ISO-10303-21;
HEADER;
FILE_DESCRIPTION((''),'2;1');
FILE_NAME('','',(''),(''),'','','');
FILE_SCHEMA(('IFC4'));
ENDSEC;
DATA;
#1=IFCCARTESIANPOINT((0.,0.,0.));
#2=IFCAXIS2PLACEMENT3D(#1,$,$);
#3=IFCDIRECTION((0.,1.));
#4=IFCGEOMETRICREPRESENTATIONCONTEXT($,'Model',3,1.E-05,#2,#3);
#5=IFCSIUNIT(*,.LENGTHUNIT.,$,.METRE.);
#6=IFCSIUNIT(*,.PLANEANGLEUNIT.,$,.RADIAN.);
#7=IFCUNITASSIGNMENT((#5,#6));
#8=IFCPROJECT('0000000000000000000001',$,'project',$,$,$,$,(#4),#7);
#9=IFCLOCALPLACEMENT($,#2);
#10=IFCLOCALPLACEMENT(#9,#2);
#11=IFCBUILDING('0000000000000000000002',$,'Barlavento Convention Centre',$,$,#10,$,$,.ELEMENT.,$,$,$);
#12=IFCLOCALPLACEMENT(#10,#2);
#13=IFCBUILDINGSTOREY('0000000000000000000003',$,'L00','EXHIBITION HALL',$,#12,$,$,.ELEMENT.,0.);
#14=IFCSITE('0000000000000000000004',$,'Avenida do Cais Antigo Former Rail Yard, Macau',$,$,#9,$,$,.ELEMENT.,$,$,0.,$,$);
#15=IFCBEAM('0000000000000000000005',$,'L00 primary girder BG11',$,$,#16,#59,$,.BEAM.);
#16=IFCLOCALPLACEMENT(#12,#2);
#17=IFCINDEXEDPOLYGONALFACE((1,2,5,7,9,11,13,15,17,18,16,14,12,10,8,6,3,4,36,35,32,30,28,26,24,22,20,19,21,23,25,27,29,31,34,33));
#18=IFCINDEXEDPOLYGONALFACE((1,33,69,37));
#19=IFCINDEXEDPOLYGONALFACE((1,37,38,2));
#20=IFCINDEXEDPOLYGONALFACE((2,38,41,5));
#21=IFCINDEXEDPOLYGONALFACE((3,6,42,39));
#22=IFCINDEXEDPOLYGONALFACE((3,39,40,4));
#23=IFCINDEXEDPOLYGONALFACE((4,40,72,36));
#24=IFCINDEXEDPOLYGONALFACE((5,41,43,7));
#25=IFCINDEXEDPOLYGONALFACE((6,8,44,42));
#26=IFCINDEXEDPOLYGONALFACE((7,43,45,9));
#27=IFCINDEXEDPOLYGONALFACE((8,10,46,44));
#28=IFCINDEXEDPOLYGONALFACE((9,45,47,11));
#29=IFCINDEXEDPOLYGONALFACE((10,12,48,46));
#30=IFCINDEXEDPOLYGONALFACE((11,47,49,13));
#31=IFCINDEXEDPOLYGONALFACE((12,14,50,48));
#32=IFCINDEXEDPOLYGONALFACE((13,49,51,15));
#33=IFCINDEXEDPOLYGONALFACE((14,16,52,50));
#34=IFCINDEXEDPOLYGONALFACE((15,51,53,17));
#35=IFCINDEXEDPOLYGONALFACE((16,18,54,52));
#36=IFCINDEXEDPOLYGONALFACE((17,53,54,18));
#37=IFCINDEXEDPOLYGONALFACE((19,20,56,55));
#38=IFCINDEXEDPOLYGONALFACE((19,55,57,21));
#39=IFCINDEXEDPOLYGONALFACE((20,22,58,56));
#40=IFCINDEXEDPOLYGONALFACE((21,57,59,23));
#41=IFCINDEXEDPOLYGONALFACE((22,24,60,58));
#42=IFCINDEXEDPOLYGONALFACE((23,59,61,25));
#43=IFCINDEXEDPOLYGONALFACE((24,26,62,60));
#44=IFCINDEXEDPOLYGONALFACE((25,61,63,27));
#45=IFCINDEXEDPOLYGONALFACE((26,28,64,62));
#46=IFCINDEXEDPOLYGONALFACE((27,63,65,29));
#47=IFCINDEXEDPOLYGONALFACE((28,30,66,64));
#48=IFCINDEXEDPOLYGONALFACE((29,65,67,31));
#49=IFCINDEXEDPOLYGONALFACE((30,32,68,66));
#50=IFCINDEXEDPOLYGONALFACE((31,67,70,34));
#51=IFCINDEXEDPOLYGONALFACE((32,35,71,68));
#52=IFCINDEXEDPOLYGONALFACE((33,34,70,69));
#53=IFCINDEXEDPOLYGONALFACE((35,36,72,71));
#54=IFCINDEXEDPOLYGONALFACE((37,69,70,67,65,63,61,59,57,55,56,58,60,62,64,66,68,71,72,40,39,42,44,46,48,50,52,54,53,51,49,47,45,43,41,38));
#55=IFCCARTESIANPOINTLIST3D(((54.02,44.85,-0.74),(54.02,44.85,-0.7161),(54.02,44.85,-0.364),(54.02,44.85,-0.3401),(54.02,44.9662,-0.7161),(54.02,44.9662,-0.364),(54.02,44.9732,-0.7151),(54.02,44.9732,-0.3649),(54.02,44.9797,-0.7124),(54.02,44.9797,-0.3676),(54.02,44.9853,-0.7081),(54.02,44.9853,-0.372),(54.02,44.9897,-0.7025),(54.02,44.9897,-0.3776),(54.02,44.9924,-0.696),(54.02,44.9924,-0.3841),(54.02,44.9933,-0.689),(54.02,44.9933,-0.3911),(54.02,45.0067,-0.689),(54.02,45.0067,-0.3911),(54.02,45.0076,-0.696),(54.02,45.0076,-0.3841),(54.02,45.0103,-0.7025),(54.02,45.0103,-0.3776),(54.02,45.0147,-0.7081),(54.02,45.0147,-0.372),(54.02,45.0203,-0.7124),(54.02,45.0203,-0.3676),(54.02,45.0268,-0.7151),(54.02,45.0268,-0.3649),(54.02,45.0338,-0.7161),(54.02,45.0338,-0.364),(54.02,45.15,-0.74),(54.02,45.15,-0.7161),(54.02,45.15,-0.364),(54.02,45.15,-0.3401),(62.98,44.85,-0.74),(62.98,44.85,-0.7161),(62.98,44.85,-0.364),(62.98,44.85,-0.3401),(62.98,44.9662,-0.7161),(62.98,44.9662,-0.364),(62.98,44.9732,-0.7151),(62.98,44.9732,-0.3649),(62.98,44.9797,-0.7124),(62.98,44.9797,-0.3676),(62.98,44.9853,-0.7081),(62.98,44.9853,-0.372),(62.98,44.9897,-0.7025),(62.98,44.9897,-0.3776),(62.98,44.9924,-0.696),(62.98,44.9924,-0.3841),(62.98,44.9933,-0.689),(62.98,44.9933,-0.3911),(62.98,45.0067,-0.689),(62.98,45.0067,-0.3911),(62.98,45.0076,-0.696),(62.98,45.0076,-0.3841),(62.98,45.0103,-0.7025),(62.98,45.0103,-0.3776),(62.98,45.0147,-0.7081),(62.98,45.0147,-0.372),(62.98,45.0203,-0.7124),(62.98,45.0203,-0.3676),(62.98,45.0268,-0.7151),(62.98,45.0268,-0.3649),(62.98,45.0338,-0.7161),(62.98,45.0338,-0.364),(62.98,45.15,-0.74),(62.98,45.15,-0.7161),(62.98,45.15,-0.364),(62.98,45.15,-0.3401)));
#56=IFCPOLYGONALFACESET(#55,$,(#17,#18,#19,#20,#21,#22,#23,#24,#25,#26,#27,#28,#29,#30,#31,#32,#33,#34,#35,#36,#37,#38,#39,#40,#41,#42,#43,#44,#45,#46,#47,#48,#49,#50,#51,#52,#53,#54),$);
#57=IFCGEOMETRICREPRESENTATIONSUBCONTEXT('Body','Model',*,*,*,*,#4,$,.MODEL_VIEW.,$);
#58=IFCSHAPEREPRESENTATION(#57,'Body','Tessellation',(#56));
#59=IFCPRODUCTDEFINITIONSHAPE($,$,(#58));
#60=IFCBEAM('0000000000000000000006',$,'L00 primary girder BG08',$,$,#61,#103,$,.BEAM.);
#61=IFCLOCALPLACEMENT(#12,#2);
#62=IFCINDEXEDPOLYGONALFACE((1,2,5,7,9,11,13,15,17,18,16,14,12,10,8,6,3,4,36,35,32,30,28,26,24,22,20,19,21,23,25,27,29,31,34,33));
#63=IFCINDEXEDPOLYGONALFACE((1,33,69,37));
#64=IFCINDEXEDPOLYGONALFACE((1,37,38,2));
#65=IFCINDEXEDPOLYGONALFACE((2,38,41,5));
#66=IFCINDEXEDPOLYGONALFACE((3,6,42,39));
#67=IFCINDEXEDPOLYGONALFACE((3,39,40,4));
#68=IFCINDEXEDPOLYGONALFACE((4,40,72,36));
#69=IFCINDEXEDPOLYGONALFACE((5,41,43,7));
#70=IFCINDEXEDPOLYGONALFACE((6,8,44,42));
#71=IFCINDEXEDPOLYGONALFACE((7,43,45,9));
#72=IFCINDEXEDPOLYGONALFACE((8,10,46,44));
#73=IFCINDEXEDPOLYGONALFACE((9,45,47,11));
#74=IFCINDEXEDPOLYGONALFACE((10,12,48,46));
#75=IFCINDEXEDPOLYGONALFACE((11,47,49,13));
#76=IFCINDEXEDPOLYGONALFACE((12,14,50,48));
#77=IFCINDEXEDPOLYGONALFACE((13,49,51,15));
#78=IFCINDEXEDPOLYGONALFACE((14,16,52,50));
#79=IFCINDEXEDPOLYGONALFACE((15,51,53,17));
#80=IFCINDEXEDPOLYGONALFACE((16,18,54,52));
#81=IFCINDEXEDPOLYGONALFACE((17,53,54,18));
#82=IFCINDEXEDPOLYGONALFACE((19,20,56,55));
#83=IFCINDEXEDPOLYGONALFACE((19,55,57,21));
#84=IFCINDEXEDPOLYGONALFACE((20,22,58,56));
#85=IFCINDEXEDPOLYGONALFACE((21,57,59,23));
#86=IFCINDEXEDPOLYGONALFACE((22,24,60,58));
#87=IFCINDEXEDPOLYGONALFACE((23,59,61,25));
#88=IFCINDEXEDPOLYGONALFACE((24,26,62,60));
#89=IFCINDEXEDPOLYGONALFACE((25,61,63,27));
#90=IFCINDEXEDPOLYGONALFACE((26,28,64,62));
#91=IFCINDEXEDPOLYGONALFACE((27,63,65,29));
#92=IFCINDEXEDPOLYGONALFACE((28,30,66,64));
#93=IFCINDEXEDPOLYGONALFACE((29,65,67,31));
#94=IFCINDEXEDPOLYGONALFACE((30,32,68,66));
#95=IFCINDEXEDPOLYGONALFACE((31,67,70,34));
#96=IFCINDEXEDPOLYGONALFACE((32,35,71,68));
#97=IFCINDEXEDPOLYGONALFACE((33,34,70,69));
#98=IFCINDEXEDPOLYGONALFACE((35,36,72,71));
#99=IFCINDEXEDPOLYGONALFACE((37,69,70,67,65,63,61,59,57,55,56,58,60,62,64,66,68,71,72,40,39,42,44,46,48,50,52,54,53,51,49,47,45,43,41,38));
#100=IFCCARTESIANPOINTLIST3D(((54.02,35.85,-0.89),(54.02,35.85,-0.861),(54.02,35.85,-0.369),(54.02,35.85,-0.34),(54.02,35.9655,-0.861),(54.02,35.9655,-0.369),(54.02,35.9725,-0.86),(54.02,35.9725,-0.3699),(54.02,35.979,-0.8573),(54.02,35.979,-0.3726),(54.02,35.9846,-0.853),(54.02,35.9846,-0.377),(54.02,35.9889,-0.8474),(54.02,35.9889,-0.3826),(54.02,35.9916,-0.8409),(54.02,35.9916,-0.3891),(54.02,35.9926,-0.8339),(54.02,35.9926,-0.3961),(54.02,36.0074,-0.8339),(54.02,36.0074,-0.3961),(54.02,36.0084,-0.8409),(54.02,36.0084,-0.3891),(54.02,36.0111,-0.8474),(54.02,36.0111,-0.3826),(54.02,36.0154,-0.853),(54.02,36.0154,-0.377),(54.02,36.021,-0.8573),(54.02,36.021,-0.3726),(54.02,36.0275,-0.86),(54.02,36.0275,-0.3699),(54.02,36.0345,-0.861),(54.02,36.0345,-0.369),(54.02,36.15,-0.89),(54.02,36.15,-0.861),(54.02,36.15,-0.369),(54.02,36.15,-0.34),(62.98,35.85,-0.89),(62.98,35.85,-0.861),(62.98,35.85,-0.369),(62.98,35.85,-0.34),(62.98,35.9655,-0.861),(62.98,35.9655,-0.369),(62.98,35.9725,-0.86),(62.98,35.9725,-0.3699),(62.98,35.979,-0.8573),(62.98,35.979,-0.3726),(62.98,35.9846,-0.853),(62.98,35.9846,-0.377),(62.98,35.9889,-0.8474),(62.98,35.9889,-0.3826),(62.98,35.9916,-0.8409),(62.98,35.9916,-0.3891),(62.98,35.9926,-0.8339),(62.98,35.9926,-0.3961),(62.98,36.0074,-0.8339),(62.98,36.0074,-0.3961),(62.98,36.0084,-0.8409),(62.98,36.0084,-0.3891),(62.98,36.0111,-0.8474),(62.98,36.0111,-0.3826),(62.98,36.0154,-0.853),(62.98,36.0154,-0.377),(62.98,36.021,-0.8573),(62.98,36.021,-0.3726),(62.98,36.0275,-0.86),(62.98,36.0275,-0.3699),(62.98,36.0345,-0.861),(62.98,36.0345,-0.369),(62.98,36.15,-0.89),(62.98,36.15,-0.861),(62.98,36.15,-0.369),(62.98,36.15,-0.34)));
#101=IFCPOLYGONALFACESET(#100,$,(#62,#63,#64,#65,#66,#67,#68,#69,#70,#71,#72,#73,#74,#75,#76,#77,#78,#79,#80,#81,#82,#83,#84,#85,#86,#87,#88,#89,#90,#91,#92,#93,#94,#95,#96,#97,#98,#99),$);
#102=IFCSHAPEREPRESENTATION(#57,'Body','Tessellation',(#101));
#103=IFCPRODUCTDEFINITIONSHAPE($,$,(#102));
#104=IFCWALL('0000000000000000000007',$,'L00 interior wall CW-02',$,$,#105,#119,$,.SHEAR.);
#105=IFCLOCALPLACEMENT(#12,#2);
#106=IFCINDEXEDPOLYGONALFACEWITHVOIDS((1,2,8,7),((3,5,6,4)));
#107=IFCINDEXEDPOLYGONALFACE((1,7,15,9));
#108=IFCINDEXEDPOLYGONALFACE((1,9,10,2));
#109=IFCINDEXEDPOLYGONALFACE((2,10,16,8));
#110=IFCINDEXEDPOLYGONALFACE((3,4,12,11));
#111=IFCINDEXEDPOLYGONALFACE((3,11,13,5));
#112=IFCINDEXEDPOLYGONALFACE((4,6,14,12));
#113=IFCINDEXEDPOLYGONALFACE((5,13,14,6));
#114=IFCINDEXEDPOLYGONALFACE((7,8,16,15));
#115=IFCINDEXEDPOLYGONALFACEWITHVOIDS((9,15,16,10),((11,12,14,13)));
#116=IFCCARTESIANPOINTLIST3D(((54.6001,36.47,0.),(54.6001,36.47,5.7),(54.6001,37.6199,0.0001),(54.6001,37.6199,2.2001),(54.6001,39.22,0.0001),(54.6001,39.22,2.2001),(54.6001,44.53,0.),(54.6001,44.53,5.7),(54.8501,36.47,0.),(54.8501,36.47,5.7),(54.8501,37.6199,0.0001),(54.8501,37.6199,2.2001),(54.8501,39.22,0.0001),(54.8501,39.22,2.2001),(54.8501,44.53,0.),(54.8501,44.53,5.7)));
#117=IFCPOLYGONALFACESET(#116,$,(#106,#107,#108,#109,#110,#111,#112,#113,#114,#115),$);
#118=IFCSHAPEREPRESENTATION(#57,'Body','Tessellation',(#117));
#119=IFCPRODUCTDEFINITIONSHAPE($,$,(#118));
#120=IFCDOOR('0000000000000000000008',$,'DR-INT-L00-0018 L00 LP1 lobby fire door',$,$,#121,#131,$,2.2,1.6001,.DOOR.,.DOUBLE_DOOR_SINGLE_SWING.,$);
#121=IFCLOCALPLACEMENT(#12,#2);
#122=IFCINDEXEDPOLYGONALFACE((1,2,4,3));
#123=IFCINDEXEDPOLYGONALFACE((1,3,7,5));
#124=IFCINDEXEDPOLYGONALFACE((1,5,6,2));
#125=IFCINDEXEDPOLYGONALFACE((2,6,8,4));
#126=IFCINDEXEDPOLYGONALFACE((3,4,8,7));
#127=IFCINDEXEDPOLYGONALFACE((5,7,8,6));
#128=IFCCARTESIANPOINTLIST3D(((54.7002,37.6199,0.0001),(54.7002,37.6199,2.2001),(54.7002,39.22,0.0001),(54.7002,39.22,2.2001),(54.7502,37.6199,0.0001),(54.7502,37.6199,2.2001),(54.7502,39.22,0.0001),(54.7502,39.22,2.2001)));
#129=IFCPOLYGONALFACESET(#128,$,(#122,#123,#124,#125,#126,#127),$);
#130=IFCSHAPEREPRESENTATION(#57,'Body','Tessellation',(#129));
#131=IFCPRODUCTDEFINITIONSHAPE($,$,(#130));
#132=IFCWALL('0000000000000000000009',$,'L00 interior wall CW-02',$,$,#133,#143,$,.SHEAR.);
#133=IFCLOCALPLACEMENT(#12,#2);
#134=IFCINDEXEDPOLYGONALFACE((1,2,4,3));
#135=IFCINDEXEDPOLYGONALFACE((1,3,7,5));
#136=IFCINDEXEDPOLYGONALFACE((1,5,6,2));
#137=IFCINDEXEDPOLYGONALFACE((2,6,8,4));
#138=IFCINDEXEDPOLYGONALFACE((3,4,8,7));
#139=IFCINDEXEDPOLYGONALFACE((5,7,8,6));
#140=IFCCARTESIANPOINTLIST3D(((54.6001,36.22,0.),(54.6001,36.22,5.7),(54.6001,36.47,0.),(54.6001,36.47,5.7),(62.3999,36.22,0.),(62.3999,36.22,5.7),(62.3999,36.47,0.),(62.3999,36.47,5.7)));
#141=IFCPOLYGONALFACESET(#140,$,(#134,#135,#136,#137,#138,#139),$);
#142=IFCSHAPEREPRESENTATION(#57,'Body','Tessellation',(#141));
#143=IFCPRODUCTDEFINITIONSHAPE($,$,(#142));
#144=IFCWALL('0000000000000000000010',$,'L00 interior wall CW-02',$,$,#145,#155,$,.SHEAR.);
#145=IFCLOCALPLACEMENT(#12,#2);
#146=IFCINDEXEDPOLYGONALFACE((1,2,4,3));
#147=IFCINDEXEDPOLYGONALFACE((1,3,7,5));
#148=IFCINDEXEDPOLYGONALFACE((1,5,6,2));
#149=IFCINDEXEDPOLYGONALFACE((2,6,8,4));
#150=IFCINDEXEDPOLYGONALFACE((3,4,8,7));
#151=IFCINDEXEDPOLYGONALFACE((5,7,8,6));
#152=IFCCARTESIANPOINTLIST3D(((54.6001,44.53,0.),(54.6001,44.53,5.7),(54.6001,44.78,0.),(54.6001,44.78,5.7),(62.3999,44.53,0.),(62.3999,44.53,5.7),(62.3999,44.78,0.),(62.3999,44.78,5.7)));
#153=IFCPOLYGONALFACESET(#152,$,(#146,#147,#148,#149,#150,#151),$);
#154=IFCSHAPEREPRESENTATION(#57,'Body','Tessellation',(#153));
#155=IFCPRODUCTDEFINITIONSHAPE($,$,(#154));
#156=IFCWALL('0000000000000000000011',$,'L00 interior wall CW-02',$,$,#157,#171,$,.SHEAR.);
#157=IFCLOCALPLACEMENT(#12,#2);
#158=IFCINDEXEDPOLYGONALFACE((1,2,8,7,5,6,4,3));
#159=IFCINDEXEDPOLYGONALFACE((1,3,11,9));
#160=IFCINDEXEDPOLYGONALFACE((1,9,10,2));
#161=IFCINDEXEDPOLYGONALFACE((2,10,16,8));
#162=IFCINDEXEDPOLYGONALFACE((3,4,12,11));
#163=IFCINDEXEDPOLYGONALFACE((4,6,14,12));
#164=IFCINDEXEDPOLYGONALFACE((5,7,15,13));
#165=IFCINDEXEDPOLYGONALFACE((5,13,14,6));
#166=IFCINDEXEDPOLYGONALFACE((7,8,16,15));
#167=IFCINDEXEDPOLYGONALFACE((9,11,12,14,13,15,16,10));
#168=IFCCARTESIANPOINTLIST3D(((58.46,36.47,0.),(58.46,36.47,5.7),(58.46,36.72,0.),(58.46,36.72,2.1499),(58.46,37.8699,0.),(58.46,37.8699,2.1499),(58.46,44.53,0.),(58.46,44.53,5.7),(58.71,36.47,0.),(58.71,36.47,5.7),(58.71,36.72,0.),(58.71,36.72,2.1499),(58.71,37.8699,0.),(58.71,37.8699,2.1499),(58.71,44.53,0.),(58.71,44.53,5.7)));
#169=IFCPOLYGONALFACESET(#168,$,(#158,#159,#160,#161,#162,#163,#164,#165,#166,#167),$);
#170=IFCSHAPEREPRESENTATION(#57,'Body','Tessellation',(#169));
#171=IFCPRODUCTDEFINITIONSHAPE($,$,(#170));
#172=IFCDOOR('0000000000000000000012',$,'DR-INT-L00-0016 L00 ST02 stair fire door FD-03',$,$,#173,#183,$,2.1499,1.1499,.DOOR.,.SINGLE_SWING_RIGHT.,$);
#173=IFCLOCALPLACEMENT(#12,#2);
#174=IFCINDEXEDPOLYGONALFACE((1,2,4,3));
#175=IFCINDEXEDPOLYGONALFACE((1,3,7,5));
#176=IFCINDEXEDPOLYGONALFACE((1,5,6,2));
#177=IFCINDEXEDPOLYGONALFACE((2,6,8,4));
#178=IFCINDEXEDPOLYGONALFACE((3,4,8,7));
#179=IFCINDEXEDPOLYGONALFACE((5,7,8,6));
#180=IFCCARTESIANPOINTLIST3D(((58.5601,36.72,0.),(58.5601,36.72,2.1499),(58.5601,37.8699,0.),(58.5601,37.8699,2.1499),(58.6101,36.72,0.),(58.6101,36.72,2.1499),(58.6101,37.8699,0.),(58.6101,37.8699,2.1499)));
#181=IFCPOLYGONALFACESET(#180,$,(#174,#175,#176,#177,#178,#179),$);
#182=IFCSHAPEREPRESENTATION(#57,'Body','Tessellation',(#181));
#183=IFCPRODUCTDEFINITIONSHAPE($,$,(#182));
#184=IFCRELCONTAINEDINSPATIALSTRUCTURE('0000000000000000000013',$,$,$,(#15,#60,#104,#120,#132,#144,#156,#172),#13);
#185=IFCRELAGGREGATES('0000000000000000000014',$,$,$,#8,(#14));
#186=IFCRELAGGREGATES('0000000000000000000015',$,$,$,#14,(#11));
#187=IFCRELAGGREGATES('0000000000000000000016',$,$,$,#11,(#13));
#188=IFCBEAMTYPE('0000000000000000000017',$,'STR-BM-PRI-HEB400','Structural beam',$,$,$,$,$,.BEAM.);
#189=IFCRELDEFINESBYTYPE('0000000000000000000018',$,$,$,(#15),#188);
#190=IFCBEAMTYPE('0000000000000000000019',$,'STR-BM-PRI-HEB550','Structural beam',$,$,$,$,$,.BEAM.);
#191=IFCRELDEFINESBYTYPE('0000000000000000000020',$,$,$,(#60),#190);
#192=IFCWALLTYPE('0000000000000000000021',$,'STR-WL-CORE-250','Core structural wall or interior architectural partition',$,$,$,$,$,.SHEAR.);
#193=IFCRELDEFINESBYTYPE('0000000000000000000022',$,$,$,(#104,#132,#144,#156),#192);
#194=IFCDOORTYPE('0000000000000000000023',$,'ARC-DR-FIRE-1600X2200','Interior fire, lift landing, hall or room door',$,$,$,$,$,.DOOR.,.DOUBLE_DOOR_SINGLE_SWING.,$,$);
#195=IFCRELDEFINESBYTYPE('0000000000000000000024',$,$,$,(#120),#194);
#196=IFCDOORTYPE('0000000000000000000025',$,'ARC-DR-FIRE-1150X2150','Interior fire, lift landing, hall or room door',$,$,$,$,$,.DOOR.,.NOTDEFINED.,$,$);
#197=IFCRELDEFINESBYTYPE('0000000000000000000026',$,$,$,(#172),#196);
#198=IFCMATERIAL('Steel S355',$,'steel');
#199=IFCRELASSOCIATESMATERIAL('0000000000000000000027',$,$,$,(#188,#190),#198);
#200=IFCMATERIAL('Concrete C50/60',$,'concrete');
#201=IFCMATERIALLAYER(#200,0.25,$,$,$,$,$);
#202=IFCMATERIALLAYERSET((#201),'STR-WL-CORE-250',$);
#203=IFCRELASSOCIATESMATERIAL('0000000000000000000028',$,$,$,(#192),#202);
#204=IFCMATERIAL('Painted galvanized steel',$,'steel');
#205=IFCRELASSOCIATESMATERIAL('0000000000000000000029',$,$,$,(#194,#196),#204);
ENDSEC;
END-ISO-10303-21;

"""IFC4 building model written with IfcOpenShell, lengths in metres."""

from ifc_helpers import new_model, si_unit, direction, frame, frame_2d, origin, origin_2d, place, context, subcontext, project, spatial, rectangle, i_section, extrude, material, layer, layer_set, material_profile, profile_set, type_object, element, fill, save


model = new_model("IFC4")

# Units and contexts
model_context = context("Model", 3, precision=1e-05, world=origin(), true_north=direction((0.0, 1.0)))
body_context = subcontext(model_context, "Body", "Model", "MODEL_VIEW")
ifc_project = project(units=[si_unit("LENGTHUNIT", "METRE"), si_unit("PLANEANGLEUNIT", "RADIAN")], contexts=[model_context])

# Site, building, storey
site_placement = place(None, origin())
site = spatial("IfcSite", under=ifc_project, at=site_placement, Name="Avenida do Cais Antigo Former Rail Yard, Macau", CompositionType="ELEMENT", RefElevation=0.0)
building_placement = place(site_placement, origin())
building = spatial("IfcBuilding", under=site, at=building_placement, Name="Barlavento Convention Centre", CompositionType="ELEMENT")
storey_placement = place(building_placement, origin())
storey = spatial("IfcBuildingStorey", under=building, at=storey_placement, Name="L00", Description="EXHIBITION HALL", CompositionType="ELEMENT", Elevation=0.0)

# Beams
ifc_material_1 = material(Name="Steel S355", Category="steel")
ifc_material_profile_1 = material_profile(ifc_material_1, i_section(OverallWidth=0.3, OverallDepth=0.3999, WebThickness=0.0134, FlangeThickness=0.0239, FilletRadius=0.0271, at=origin_2d()), Name="HEB 400")
ifc_profile_set_1 = profile_set([ifc_material_profile_1], Name="Steel S355")
beam_type_1 = type_object("IfcBeamType", Name="STR-BM-PRI-HEB400", Description="Structural beam", PredefinedType="BEAM", material=ifc_profile_set_1)
beam_1_placement = place(storey_placement, frame((54.02, 45.0, -0.54), z_axis=(1.0, 0.0, 0.0), x_axis=(0.0, 1.0, 0.0)))
element("IfcBeam", 1, at=beam_1_placement, inside=storey, type_object=beam_type_1, Name="L00 primary girder BG11", PredefinedType="BEAM", context=body_context, shape_type="SweptSolid", body=[
    extrude(i_section(OverallWidth=0.3, OverallDepth=0.3999, WebThickness=0.0134, FlangeThickness=0.0239, FilletRadius=0.0271, at=origin_2d()), origin(), (0.0, 0.0, 1.0), 8.96),
])
ifc_material_profile_2 = material_profile(ifc_material_1, i_section(OverallWidth=0.3, OverallDepth=0.55, WebThickness=0.0149, FlangeThickness=0.0291, FilletRadius=0.0271, at=origin_2d()), Name="HEB 550")
ifc_profile_set_2 = profile_set([ifc_material_profile_2], Name="Steel S355")
beam_type_2 = type_object("IfcBeamType", Name="STR-BM-PRI-HEB550", Description="Structural beam", PredefinedType="BEAM", material=ifc_profile_set_2)
beam_2_placement = place(storey_placement, frame((54.02, 36.0, -0.615), z_axis=(1.0, 0.0, 0.0), x_axis=(0.0, 1.0, 0.0)))
element("IfcBeam", 2, at=beam_2_placement, inside=storey, type_object=beam_type_2, Name="L00 primary girder BG08", PredefinedType="BEAM", context=body_context, shape_type="SweptSolid", body=[
    extrude(i_section(OverallWidth=0.3, OverallDepth=0.55, WebThickness=0.0149, FlangeThickness=0.0291, FilletRadius=0.0271, at=origin_2d()), origin(), (0.0, 0.0, 1.0), 8.96),
])

# Wall, opening, door
ifc_material_2 = material(Name="Concrete C50/60", Category="concrete")
ifc_layer = layer(ifc_material_2, 0.25)
ifc_layer_set = layer_set([ifc_layer], Name="STR-WL-CORE-250")
wall_type = type_object("IfcWallType", Name="STR-WL-CORE-250", Description="Core structural wall or interior architectural partition", PredefinedType="SHEAR", material=ifc_layer_set)
wall_1_placement = place(storey_placement, frame((54.7251, 36.47, 0.0), z_axis=(0.0, 0.0, 1.0), x_axis=(0.0, 1.0, 0.0)))
wall_1 = element("IfcWall", 3, at=wall_1_placement, inside=storey, type_object=wall_type, Name="L00 interior wall CW-02", PredefinedType="SHEAR", context=body_context, shape_type="SweptSolid", body=[
    extrude(rectangle(XDim=8.0601, YDim=0.25, at=frame_2d((4.03, 0.0))), origin(), (0.0, 0.0, 1.0), 5.7),
])
opening_1_placement = place(wall_1_placement, frame((1.1499, 0.0, 0.0)))
opening_1 = element("IfcOpeningElement", 4, at=opening_1_placement, cuts=wall_1, PredefinedType="OPENING", context=body_context, shape_type="SweptSolid", body=[
    extrude(rectangle(XDim=1.6001, YDim=2.2, at=frame_2d((0.8, 1.1001))), frame((0.0, 0.135, 0.0), z_axis=(0.0, -1.0, 0.0), x_axis=(1.0, 0.0, 0.0)), (0.0, 0.0, 1.0), 0.27),
])
ifc_material_3 = material(Name="Painted galvanized steel", Category="steel")
door_type_1 = type_object("IfcDoorType", Name="ARC-DR-FIRE-1600X2200", Description="Interior fire, lift landing, hall or room door", OperationType="DOUBLE_DOOR_SINGLE_SWING", PredefinedType="DOOR", material=ifc_material_3)
door_1_placement = place(opening_1_placement, origin())
door_1 = element("IfcDoor", 5, at=door_1_placement, inside=storey, type_object=door_type_1, Name="DR-INT-L00-0018 L00 LP1 lobby fire door", OperationType="DOUBLE_DOOR_SINGLE_SWING", OverallHeight=2.2, OverallWidth=1.6001, PredefinedType="DOOR", context=body_context, shape_type="SweptSolid", body=[
    extrude(rectangle(XDim=1.6001, YDim=2.2, at=frame_2d((0.8, 1.1001))), frame((0.0, 0.0249, 0.0), z_axis=(0.0, -1.0, 0.0), x_axis=(1.0, 0.0, 0.0)), (0.0, 0.0, 1.0), 0.05),
])
fill(opening_1, door_1)

# Walls
for number, where, z_axis, x_axis, name in (
    (6, (54.6001, 36.345, 0.0), (0.0, 0.0, 1.0), (1.0, 0.0, 0.0), "L00 interior wall CW-02"),
    (7, (54.6001, 44.655, 0.0), (0.0, 0.0, 1.0), (1.0, 0.0, 0.0), "L00 interior wall CW-02"),
):
    element("IfcWall", number, at=place(storey_placement, frame(where, z_axis=z_axis, x_axis=x_axis)), inside=storey, type_object=wall_type, Name=name, PredefinedType="SHEAR", context=body_context, shape_type="SweptSolid", body=[
        extrude(rectangle(XDim=7.7998, YDim=0.25, at=frame_2d((3.8999, 0.0))), origin(), (0.0, 0.0, 1.0), 5.7),
    ])

# Wall, opening, door
wall_2_placement = place(storey_placement, frame((58.585, 36.47, 0.0), z_axis=(0.0, 0.0, 1.0), x_axis=(0.0, 1.0, 0.0)))
wall_2 = element("IfcWall", 8, at=wall_2_placement, inside=storey, type_object=wall_type, Name="L00 interior wall CW-02", PredefinedType="SHEAR", context=body_context, shape_type="SweptSolid", body=[
    extrude(rectangle(XDim=8.0601, YDim=0.25, at=frame_2d((4.03, 0.0))), origin(), (0.0, 0.0, 1.0), 5.7),
])
opening_2_placement = place(wall_2_placement, frame((0.25, 0.0, 0.0)))
opening_2 = element("IfcOpeningElement", 9, at=opening_2_placement, cuts=wall_2, PredefinedType="OPENING", context=body_context, shape_type="SweptSolid", body=[
    extrude(rectangle(XDim=1.1499, YDim=2.1499, at=frame_2d((0.575, 1.075))), frame((0.0, 0.135, 0.0), z_axis=(0.0, -1.0, 0.0), x_axis=(1.0, 0.0, 0.0)), (0.0, 0.0, 1.0), 0.27),
])
door_type_2 = type_object("IfcDoorType", Name="ARC-DR-FIRE-1150X2150", Description="Interior fire, lift landing, hall or room door", OperationType="NOTDEFINED", PredefinedType="DOOR", material=ifc_material_3)
door_2_placement = place(opening_2_placement, origin())
door_2 = element("IfcDoor", 10, at=door_2_placement, inside=storey, type_object=door_type_2, Name="DR-INT-L00-0016 L00 ST02 stair fire door FD-03", OperationType="SINGLE_SWING_RIGHT", OverallHeight=2.1499, OverallWidth=1.1499, PredefinedType="DOOR", context=body_context, shape_type="SweptSolid", body=[
    extrude(rectangle(XDim=1.1499, YDim=2.1499, at=frame_2d((0.575, 1.075))), frame((0.0, 0.0249, 0.0), z_axis=(0.0, -1.0, 0.0), x_axis=(1.0, 0.0, 0.0)), (0.0, 0.0, 1.0), 0.05),
])
fill(opening_2, door_2)

save(model, "model.ifc")
